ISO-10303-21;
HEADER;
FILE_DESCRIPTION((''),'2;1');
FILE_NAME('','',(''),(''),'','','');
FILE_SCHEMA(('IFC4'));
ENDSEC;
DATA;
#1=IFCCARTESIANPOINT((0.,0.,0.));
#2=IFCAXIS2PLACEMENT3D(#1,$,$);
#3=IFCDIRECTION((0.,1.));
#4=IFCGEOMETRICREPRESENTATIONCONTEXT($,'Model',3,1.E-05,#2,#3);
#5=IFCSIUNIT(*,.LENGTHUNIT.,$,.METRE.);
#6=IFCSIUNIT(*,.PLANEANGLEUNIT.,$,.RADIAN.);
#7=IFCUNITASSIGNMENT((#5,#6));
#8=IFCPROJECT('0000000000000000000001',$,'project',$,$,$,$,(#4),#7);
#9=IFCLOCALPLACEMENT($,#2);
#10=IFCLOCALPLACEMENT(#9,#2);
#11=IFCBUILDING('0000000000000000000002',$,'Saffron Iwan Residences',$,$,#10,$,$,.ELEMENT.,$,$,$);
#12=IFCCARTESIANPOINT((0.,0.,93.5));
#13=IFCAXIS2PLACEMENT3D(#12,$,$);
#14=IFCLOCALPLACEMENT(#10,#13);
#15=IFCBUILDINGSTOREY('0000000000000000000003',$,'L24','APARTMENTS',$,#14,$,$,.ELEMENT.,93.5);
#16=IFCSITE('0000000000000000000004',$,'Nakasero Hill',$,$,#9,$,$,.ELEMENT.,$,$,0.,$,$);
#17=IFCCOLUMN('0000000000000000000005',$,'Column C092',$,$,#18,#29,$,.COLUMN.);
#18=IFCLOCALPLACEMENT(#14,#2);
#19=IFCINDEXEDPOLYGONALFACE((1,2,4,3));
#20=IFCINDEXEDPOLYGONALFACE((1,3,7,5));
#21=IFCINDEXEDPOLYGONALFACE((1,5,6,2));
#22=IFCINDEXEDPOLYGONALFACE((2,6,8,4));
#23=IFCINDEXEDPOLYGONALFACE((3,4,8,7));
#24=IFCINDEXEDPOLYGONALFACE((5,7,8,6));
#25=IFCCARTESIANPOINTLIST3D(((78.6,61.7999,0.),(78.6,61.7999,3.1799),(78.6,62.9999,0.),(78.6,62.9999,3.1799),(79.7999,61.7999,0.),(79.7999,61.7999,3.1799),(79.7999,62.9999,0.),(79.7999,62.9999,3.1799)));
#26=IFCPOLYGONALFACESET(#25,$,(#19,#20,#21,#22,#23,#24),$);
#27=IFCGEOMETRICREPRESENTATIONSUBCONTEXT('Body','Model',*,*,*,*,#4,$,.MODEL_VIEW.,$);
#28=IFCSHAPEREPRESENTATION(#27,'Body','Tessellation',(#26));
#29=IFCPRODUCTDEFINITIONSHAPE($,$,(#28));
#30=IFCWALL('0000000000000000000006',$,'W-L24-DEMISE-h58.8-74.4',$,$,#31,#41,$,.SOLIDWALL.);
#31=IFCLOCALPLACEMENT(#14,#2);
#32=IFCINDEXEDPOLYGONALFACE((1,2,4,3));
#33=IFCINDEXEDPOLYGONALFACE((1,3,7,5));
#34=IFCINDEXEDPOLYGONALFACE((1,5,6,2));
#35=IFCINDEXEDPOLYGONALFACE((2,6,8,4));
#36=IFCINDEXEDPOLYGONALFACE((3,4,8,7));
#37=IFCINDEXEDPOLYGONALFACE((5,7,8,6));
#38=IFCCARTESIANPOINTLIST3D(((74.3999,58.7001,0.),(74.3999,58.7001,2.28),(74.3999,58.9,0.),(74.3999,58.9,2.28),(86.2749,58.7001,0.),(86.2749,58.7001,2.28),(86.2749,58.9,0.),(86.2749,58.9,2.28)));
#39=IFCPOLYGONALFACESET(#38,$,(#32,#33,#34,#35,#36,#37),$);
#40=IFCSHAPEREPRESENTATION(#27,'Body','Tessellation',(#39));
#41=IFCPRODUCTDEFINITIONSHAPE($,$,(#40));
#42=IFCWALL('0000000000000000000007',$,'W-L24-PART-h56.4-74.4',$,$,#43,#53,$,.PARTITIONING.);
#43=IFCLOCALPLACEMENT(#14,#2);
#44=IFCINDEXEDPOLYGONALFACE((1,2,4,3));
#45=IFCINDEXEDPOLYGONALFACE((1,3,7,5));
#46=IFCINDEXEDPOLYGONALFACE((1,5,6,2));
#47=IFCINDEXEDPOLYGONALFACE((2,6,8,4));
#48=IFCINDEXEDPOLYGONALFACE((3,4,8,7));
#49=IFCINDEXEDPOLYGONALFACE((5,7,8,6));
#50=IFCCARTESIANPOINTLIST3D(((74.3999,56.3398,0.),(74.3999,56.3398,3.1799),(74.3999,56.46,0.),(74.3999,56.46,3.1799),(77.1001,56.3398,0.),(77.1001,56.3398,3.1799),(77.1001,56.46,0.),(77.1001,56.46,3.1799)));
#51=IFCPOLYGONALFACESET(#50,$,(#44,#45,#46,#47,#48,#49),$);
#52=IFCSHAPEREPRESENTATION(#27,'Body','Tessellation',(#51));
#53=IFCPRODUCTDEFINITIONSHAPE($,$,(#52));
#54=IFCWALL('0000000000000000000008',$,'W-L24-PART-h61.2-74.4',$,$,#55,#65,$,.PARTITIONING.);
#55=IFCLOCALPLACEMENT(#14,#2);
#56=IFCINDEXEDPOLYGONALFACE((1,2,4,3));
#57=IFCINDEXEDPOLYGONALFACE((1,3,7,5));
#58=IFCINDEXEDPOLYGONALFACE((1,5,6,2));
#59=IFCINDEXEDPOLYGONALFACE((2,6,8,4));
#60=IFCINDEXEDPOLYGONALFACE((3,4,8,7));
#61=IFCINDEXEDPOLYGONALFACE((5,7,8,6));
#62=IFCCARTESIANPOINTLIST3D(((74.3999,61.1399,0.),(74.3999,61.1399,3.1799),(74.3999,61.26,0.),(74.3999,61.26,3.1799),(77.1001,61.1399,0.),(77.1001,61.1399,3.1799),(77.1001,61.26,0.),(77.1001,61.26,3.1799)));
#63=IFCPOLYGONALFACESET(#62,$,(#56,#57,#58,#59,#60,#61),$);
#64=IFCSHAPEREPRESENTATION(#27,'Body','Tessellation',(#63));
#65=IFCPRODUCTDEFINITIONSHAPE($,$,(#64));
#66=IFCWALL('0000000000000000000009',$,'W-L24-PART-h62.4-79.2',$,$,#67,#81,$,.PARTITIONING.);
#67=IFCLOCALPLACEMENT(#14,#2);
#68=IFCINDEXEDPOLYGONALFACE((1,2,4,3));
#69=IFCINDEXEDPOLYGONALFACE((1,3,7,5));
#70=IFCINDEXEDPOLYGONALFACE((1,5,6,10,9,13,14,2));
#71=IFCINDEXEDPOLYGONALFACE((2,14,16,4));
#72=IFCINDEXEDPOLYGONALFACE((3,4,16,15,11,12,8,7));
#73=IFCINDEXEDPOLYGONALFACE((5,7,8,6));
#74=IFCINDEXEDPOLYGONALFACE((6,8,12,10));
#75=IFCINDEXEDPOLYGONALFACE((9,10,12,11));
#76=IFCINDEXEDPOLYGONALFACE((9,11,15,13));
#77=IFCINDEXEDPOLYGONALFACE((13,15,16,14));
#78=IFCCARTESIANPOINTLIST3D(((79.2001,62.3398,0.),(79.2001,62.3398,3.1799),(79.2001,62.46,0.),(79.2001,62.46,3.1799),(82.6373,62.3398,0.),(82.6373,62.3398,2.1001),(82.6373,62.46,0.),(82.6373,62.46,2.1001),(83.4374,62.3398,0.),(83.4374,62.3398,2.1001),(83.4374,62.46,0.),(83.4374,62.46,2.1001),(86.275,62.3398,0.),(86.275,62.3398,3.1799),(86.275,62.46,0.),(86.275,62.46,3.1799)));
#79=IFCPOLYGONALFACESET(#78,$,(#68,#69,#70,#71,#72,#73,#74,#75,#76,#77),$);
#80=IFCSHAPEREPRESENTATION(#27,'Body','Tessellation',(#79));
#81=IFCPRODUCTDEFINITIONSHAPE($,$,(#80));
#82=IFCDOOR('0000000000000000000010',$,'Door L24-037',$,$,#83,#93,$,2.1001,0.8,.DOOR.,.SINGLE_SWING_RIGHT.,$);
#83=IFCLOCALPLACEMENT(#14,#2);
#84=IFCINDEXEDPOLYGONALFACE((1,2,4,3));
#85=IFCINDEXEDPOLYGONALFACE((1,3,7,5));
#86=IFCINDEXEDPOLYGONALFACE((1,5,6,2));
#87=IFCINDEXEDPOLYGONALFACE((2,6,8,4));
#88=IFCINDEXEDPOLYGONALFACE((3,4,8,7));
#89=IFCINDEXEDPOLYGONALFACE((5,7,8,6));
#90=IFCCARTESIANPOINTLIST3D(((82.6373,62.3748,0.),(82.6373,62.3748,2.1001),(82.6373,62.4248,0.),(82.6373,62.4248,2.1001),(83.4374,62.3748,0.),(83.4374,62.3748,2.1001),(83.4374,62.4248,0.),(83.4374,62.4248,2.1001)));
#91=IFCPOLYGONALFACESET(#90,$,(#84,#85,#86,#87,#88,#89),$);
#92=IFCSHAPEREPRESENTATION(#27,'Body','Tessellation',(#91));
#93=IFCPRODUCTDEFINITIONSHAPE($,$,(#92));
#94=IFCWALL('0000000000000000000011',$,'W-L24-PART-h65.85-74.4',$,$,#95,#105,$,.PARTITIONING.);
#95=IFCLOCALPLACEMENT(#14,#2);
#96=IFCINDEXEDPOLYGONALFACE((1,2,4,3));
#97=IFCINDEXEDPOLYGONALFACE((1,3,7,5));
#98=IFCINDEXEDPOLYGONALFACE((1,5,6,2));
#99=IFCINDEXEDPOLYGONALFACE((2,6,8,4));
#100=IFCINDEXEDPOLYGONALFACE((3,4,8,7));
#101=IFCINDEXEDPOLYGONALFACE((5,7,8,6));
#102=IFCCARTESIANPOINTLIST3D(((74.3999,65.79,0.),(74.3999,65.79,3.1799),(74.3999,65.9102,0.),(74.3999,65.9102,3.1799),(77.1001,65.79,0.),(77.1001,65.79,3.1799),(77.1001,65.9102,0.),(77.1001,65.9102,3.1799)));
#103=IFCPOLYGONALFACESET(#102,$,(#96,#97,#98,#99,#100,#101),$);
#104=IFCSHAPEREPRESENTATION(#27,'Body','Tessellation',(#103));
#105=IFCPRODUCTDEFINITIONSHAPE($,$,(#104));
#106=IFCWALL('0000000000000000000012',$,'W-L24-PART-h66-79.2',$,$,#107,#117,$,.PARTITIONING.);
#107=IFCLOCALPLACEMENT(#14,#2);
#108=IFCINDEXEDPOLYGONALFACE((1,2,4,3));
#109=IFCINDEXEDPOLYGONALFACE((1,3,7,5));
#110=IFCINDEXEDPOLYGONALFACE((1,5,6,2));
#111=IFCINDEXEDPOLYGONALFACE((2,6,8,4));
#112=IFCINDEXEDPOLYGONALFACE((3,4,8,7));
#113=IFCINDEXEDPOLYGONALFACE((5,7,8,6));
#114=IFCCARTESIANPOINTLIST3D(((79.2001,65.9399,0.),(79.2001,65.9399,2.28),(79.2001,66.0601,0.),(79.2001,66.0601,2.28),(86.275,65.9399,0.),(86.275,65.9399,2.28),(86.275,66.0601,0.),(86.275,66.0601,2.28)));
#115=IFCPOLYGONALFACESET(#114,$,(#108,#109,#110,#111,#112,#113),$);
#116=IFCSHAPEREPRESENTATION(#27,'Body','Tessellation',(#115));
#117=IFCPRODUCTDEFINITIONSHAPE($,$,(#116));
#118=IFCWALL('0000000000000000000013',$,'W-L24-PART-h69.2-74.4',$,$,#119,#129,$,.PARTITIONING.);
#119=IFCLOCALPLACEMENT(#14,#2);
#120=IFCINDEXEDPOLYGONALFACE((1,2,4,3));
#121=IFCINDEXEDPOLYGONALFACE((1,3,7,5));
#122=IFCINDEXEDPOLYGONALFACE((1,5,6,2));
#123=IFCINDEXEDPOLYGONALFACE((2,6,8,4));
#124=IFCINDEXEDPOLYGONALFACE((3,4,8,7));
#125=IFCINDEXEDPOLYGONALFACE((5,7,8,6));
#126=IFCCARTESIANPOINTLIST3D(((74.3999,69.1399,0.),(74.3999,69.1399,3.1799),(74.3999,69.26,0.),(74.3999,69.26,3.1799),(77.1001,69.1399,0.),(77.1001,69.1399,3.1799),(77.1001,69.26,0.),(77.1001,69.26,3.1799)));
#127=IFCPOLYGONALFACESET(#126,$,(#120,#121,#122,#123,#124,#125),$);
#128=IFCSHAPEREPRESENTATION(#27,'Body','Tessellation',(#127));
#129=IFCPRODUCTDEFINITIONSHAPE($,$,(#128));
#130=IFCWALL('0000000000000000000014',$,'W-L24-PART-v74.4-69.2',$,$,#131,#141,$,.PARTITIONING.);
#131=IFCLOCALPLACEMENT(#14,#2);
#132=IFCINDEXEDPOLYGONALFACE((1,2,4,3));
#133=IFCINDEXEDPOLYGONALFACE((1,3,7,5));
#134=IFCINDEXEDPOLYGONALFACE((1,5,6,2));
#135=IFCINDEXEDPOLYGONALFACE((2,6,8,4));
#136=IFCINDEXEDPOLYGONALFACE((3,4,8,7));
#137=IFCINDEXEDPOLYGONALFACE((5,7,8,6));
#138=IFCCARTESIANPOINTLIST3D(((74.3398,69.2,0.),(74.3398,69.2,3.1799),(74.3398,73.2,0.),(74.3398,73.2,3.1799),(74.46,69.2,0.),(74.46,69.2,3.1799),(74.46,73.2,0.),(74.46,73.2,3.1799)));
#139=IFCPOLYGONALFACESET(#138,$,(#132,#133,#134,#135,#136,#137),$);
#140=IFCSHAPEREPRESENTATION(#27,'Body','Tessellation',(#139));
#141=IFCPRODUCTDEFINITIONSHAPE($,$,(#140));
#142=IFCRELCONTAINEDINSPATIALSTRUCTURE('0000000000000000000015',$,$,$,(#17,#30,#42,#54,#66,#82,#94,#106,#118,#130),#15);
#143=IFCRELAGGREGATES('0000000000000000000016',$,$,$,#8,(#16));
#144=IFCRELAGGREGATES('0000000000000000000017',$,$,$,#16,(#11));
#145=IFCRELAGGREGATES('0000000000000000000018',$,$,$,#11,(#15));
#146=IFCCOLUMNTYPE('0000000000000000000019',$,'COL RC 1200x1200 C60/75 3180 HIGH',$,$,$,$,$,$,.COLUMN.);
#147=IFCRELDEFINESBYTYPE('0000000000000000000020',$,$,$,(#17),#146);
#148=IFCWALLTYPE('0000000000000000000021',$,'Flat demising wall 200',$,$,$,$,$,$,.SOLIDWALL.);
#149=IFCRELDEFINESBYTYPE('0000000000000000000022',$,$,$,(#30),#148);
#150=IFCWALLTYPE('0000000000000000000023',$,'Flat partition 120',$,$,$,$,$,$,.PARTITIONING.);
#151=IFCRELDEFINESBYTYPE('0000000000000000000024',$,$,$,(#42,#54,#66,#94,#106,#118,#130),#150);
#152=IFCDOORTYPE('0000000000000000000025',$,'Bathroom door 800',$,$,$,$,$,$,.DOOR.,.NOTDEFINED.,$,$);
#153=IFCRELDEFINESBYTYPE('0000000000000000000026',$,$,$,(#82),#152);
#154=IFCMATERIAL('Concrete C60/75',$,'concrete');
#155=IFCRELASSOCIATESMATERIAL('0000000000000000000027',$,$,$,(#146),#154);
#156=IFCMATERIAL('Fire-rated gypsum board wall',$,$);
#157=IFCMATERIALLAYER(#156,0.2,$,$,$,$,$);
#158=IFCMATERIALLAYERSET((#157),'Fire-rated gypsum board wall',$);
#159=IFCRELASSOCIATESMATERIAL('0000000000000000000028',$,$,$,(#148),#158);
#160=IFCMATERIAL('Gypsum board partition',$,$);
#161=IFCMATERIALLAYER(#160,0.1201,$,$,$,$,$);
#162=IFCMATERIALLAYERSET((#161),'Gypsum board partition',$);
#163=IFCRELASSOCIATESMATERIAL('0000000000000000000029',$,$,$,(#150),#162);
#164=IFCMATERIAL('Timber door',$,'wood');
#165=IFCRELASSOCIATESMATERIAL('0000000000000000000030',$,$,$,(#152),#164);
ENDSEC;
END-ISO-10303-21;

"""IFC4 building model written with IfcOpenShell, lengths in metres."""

from ifc_helpers import new_model, si_unit, direction, frame, frame_2d, origin, origin_2d, place, context, subcontext, project, spatial, rectangle, extrude, source, transform, mapped, material, layer, layer_set, material_profile, profile_set, type_object, element, fill, save


model = new_model("IFC4")

# Units and contexts
model_context = context("Model", 3, precision=1e-05, world=origin(), true_north=direction((0.0, 1.0)))
body_context = subcontext(model_context, "Body", "Model", "MODEL_VIEW")
ifc_project = project(units=[si_unit("LENGTHUNIT", "METRE"), si_unit("PLANEANGLEUNIT", "RADIAN")], contexts=[model_context])

# Site, building, storey
site_placement = place(None, origin())
site = spatial("IfcSite", under=ifc_project, at=site_placement, Name="Nakasero Hill", CompositionType="ELEMENT", RefElevation=0.0)
building_placement = place(site_placement, origin())
building = spatial("IfcBuilding", under=site, at=building_placement, Name="Saffron Iwan Residences", CompositionType="ELEMENT")
storey_placement = place(building_placement, frame((0.0, 0.0, 93.5)))
storey = spatial("IfcBuildingStorey", under=building, at=storey_placement, Name="L24", Description="APARTMENTS", CompositionType="ELEMENT", Elevation=93.5)

# Column
ifc_material_1 = material(Name="Concrete C60/75", Category="concrete")
ifc_material_profile = material_profile(ifc_material_1, rectangle(XDim=1.2, YDim=1.2, at=origin_2d()), Name="RC 1200x1200")
ifc_profile_set = profile_set([ifc_material_profile], Name="Concrete C60/75")
column_type = type_object("IfcColumnType", Name="COL RC 1200x1200 C60/75 3180 HIGH", PredefinedType="COLUMN", material=ifc_profile_set)
shared_shape = source(origin(), body_context, "Body", "SweptSolid", [
    extrude(rectangle(XDim=1.2, YDim=1.2, at=origin_2d()), origin(), (0.0, 0.0, 1.0), 3.1799),
])
column_placement = place(storey_placement, frame((79.2, 62.3999, 0.0), z_axis=(0.0, 0.0, 1.0), x_axis=(1.0, 0.0, 0.0)))
element("IfcColumn", 1, at=column_placement, inside=storey, type_object=column_type, Name="Column C092", PredefinedType="COLUMN", context=body_context, shape_type="MappedRepresentation", body=[
    mapped(shared_shape, transform((0.0, 0.0, 0.0))),
])

# Walls
ifc_material_2 = material(Name="Fire-rated gypsum board wall")
ifc_layer_1 = layer(ifc_material_2, 0.2)
ifc_layer_set_1 = layer_set([ifc_layer_1], Name="Fire-rated gypsum board wall")
wall_type_1 = type_object("IfcWallType", Name="Flat demising wall 200", PredefinedType="SOLIDWALL", material=ifc_layer_set_1)
wall_1_placement = place(storey_placement, frame((74.3999, 58.8, 0.0), z_axis=(0.0, 0.0, 1.0), x_axis=(1.0, 0.0, 0.0)))
element("IfcWall", 2, at=wall_1_placement, inside=storey, type_object=wall_type_1, Name="W-L24-DEMISE-h58.8-74.4", PredefinedType="SOLIDWALL", context=body_context, shape_type="SweptSolid", body=[
    extrude(rectangle(XDim=11.875, YDim=0.2, at=frame_2d((5.9375, 0.0))), origin(), (0.0, 0.0, 1.0), 2.28),
])
ifc_material_3 = material(Name="Gypsum board partition")
ifc_layer_2 = layer(ifc_material_3, 0.1201)
ifc_layer_set_2 = layer_set([ifc_layer_2], Name="Gypsum board partition")
wall_type_2 = type_object("IfcWallType", Name="Flat partition 120", PredefinedType="PARTITIONING", material=ifc_layer_set_2)
for number, where, z_axis, x_axis, name in (
    (3, (74.3999, 56.3999, 0.0), (0.0, 0.0, 1.0), (1.0, 0.0, 0.0), "W-L24-PART-h56.4-74.4"),
    (4, (74.3999, 61.2, 0.0), (0.0, 0.0, 1.0), (1.0, 0.0, 0.0), "W-L24-PART-h61.2-74.4"),
):
    element("IfcWall", number, at=place(storey_placement, frame(where, z_axis=z_axis, x_axis=x_axis)), inside=storey, type_object=wall_type_2, Name=name, PredefinedType="PARTITIONING", context=body_context, shape_type="SweptSolid", body=[
        extrude(rectangle(XDim=2.7002, YDim=0.1201, at=frame_2d((1.3501, 0.0))), origin(), (0.0, 0.0, 1.0), 3.1799),
    ])

# Wall, opening, door
wall_2_placement = place(storey_placement, frame((79.2, 62.3999, 0.0), z_axis=(0.0, 0.0, 1.0), x_axis=(1.0, 0.0, 0.0)))
wall_2 = element("IfcWall", 5, at=wall_2_placement, inside=storey, type_object=wall_type_2, Name="W-L24-PART-h62.4-79.2", PredefinedType="PARTITIONING", context=body_context, shape_type="SweptSolid", body=[
    extrude(rectangle(XDim=7.075, YDim=0.1201, at=frame_2d((3.5376, 0.0))), origin(), (0.0, 0.0, 1.0), 3.1799),
])
opening_1_placement = place(wall_2_placement, frame((3.4375, 0.0, 0.0)))
opening_1 = element("IfcOpeningElement", 6, at=opening_1_placement, cuts=wall_2, PredefinedType="OPENING", context=body_context, shape_type="SweptSolid", body=[
    extrude(rectangle(XDim=0.8, YDim=2.1001, at=frame_2d((0.3999, 1.05))), frame((0.0, 0.0701, 0.0), z_axis=(0.0, -1.0, 0.0), x_axis=(1.0, 0.0, 0.0)), (0.0, 0.0, 1.0), 0.1401),
])
ifc_material_4 = material(Name="Timber door", Category="wood")
door_type_1 = type_object("IfcDoorType", Name="Bathroom door 800", OperationType="NOTDEFINED", PredefinedType="DOOR", material=ifc_material_4)
door_1_placement = place(opening_1_placement, origin())
door_1 = element("IfcDoor", 7, at=door_1_placement, inside=storey, type_object=door_type_1, Name="Door L24-037", OperationType="SINGLE_SWING_RIGHT", OverallHeight=2.1001, OverallWidth=0.8, PredefinedType="DOOR", context=body_context, shape_type="SweptSolid", body=[
    extrude(rectangle(XDim=0.8, YDim=2.1001, at=frame_2d((0.3999, 1.05))), frame((0.0, 0.0249, 0.0), z_axis=(0.0, -1.0, 0.0), x_axis=(1.0, 0.0, 0.0)), (0.0, 0.0, 1.0), 0.05),
])
fill(opening_1, door_1)

# Walls
wall_3_placement = place(storey_placement, frame((74.3999, 65.8501, 0.0), z_axis=(0.0, 0.0, 1.0), x_axis=(1.0, 0.0, 0.0)))
element("IfcWall", 8, at=wall_3_placement, inside=storey, type_object=wall_type_2, Name="W-L24-PART-h65.85-74.4", PredefinedType="PARTITIONING", context=body_context, shape_type="SweptSolid", body=[
    extrude(rectangle(XDim=2.7002, YDim=0.1201, at=frame_2d((1.3501, 0.0))), origin(), (0.0, 0.0, 1.0), 3.1799),
])
wall_4_placement = place(storey_placement, frame((79.2, 66.0, 0.0), z_axis=(0.0, 0.0, 1.0), x_axis=(1.0, 0.0, 0.0)))
element("IfcWall", 9, at=wall_4_placement, inside=storey, type_object=wall_type_2, Name="W-L24-PART-h66-79.2", PredefinedType="PARTITIONING", context=body_context, shape_type="SweptSolid", body=[
    extrude(rectangle(XDim=7.075, YDim=0.1201, at=frame_2d((3.5376, 0.0))), origin(), (0.0, 0.0, 1.0), 2.28),
])
wall_5_placement = place(storey_placement, frame((74.3999, 69.2, 0.0), z_axis=(0.0, 0.0, 1.0), x_axis=(1.0, 0.0, 0.0)))
element("IfcWall", 10, at=wall_5_placement, inside=storey, type_object=wall_type_2, Name="W-L24-PART-h69.2-74.4", PredefinedType="PARTITIONING", context=body_context, shape_type="SweptSolid", body=[
    extrude(rectangle(XDim=2.7002, YDim=0.1201, at=frame_2d((1.3501, 0.0))), origin(), (0.0, 0.0, 1.0), 3.1799),
])
wall_6_placement = place(storey_placement, frame((74.3999, 69.2, 0.0), z_axis=(0.0, 0.0, 1.0), x_axis=(0.0, 1.0, 0.0)))
element("IfcWall", 11, at=wall_6_placement, inside=storey, type_object=wall_type_2, Name="W-L24-PART-v74.4-69.2", PredefinedType="PARTITIONING", context=body_context, shape_type="SweptSolid", body=[
    extrude(rectangle(XDim=4.0, YDim=0.1201, at=frame_2d((2.0, 0.0))), origin(), (0.0, 0.0, 1.0), 3.1799),
])

save(model, "model.ifc")
